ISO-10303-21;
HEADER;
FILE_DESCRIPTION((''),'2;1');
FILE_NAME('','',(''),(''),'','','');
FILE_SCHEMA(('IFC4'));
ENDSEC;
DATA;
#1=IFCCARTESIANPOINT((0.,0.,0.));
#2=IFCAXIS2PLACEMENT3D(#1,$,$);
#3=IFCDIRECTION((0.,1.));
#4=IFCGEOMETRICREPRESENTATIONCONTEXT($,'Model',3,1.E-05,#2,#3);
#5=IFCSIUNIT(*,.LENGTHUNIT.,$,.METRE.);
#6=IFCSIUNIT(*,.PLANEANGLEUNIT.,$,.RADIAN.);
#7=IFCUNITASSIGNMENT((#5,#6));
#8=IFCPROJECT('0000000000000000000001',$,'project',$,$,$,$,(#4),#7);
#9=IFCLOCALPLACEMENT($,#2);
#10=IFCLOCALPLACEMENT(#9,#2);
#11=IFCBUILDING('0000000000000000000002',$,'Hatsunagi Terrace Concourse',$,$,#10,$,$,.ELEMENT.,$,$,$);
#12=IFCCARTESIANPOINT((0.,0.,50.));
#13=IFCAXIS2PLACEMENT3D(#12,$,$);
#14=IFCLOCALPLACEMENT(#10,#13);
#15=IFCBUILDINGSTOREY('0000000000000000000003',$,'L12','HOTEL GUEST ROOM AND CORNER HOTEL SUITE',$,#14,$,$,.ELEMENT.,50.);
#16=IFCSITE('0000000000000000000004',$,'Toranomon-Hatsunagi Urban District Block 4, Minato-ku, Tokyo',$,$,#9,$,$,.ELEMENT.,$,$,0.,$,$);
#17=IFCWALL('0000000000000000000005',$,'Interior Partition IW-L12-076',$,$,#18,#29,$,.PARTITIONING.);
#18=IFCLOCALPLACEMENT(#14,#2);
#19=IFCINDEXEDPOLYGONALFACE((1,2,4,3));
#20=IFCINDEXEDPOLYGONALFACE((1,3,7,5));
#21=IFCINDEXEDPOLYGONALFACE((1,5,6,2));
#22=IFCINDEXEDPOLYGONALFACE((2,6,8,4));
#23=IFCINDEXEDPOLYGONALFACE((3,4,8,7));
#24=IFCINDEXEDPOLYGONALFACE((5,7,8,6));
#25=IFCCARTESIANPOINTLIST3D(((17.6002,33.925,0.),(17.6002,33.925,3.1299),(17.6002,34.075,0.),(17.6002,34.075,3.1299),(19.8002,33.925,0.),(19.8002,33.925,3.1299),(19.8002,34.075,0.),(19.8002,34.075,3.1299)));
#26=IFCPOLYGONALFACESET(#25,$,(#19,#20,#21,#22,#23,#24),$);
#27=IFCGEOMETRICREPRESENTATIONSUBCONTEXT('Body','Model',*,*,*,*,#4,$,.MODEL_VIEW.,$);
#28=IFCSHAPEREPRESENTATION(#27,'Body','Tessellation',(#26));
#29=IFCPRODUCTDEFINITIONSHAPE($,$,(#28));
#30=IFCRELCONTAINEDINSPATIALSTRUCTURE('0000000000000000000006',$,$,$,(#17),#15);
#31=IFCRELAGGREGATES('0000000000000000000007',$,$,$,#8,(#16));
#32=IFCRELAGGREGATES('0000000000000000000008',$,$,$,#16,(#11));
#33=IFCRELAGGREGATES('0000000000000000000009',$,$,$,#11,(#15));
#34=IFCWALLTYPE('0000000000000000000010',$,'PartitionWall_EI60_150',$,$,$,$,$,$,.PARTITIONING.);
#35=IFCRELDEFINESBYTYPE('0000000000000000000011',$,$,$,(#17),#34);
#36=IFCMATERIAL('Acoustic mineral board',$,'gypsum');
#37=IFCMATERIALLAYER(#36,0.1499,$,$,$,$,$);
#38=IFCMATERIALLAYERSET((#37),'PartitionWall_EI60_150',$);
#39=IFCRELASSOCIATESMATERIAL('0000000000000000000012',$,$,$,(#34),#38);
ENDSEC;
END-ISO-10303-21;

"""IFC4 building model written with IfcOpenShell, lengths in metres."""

from ifc_helpers import new_model, si_unit, direction, frame, frame_2d, origin, place, context, subcontext, project, spatial, rectangle, extrude, material, layer, layer_set, type_object, element, save


model = new_model("IFC4")

# Units and contexts
model_context = context("Model", 3, precision=1e-05, world=origin(), true_north=direction((0.0, 1.0)))
body_context = subcontext(model_context, "Body", "Model", "MODEL_VIEW")
ifc_project = project(units=[si_unit("LENGTHUNIT", "METRE"), si_unit("PLANEANGLEUNIT", "RADIAN")], contexts=[model_context])

# Site, building, storey
site_placement = place(None, origin())
site = spatial("IfcSite", under=ifc_project, at=site_placement, Name="Toranomon-Hatsunagi Urban District Block 4, Minato-ku, Tokyo", CompositionType="ELEMENT", RefElevation=0.0)
building_placement = place(site_placement, origin())
building = spatial("IfcBuilding", under=site, at=building_placement, Name="Hatsunagi Terrace Concourse", CompositionType="ELEMENT")
storey_placement = place(building_placement, frame((0.0, 0.0, 50.0)))
storey = spatial("IfcBuildingStorey", under=building, at=storey_placement, Name="L12", Description="HOTEL GUEST ROOM AND CORNER HOTEL SUITE", CompositionType="ELEMENT", Elevation=50.0)

# Shared definitions
ifc_material_1 = material(Name="Acoustic mineral board", Category="gypsum")
ifc_layer_1 = layer(ifc_material_1, 0.1499)
ifc_layer_set_1 = layer_set([ifc_layer_1], Name="PartitionWall_EI60_150")
wall_type_1 = type_object("IfcWallType", Name="PartitionWall_EI60_150", PredefinedType="PARTITIONING", material=ifc_layer_set_1)

# Wall
wall_1_placement = place(storey_placement, frame((17.6001, 34.0, 0.0), z_axis=(0.0, 0.0, 1.0), x_axis=(1.0, 0.0, 0.0)))
element("IfcWall", 1, at=wall_1_placement, inside=storey, type_object=wall_type_1, Name="Interior Partition IW-L12-076", PredefinedType="PARTITIONING", context=body_context, shape_type="SweptSolid", body=[
    extrude(rectangle(XDim=2.2, YDim=0.1499, at=frame_2d((1.1001, 0.0))), origin(), (0.0, 0.0, 1.0), 3.1299),
])

save(model, "model.ifc")
